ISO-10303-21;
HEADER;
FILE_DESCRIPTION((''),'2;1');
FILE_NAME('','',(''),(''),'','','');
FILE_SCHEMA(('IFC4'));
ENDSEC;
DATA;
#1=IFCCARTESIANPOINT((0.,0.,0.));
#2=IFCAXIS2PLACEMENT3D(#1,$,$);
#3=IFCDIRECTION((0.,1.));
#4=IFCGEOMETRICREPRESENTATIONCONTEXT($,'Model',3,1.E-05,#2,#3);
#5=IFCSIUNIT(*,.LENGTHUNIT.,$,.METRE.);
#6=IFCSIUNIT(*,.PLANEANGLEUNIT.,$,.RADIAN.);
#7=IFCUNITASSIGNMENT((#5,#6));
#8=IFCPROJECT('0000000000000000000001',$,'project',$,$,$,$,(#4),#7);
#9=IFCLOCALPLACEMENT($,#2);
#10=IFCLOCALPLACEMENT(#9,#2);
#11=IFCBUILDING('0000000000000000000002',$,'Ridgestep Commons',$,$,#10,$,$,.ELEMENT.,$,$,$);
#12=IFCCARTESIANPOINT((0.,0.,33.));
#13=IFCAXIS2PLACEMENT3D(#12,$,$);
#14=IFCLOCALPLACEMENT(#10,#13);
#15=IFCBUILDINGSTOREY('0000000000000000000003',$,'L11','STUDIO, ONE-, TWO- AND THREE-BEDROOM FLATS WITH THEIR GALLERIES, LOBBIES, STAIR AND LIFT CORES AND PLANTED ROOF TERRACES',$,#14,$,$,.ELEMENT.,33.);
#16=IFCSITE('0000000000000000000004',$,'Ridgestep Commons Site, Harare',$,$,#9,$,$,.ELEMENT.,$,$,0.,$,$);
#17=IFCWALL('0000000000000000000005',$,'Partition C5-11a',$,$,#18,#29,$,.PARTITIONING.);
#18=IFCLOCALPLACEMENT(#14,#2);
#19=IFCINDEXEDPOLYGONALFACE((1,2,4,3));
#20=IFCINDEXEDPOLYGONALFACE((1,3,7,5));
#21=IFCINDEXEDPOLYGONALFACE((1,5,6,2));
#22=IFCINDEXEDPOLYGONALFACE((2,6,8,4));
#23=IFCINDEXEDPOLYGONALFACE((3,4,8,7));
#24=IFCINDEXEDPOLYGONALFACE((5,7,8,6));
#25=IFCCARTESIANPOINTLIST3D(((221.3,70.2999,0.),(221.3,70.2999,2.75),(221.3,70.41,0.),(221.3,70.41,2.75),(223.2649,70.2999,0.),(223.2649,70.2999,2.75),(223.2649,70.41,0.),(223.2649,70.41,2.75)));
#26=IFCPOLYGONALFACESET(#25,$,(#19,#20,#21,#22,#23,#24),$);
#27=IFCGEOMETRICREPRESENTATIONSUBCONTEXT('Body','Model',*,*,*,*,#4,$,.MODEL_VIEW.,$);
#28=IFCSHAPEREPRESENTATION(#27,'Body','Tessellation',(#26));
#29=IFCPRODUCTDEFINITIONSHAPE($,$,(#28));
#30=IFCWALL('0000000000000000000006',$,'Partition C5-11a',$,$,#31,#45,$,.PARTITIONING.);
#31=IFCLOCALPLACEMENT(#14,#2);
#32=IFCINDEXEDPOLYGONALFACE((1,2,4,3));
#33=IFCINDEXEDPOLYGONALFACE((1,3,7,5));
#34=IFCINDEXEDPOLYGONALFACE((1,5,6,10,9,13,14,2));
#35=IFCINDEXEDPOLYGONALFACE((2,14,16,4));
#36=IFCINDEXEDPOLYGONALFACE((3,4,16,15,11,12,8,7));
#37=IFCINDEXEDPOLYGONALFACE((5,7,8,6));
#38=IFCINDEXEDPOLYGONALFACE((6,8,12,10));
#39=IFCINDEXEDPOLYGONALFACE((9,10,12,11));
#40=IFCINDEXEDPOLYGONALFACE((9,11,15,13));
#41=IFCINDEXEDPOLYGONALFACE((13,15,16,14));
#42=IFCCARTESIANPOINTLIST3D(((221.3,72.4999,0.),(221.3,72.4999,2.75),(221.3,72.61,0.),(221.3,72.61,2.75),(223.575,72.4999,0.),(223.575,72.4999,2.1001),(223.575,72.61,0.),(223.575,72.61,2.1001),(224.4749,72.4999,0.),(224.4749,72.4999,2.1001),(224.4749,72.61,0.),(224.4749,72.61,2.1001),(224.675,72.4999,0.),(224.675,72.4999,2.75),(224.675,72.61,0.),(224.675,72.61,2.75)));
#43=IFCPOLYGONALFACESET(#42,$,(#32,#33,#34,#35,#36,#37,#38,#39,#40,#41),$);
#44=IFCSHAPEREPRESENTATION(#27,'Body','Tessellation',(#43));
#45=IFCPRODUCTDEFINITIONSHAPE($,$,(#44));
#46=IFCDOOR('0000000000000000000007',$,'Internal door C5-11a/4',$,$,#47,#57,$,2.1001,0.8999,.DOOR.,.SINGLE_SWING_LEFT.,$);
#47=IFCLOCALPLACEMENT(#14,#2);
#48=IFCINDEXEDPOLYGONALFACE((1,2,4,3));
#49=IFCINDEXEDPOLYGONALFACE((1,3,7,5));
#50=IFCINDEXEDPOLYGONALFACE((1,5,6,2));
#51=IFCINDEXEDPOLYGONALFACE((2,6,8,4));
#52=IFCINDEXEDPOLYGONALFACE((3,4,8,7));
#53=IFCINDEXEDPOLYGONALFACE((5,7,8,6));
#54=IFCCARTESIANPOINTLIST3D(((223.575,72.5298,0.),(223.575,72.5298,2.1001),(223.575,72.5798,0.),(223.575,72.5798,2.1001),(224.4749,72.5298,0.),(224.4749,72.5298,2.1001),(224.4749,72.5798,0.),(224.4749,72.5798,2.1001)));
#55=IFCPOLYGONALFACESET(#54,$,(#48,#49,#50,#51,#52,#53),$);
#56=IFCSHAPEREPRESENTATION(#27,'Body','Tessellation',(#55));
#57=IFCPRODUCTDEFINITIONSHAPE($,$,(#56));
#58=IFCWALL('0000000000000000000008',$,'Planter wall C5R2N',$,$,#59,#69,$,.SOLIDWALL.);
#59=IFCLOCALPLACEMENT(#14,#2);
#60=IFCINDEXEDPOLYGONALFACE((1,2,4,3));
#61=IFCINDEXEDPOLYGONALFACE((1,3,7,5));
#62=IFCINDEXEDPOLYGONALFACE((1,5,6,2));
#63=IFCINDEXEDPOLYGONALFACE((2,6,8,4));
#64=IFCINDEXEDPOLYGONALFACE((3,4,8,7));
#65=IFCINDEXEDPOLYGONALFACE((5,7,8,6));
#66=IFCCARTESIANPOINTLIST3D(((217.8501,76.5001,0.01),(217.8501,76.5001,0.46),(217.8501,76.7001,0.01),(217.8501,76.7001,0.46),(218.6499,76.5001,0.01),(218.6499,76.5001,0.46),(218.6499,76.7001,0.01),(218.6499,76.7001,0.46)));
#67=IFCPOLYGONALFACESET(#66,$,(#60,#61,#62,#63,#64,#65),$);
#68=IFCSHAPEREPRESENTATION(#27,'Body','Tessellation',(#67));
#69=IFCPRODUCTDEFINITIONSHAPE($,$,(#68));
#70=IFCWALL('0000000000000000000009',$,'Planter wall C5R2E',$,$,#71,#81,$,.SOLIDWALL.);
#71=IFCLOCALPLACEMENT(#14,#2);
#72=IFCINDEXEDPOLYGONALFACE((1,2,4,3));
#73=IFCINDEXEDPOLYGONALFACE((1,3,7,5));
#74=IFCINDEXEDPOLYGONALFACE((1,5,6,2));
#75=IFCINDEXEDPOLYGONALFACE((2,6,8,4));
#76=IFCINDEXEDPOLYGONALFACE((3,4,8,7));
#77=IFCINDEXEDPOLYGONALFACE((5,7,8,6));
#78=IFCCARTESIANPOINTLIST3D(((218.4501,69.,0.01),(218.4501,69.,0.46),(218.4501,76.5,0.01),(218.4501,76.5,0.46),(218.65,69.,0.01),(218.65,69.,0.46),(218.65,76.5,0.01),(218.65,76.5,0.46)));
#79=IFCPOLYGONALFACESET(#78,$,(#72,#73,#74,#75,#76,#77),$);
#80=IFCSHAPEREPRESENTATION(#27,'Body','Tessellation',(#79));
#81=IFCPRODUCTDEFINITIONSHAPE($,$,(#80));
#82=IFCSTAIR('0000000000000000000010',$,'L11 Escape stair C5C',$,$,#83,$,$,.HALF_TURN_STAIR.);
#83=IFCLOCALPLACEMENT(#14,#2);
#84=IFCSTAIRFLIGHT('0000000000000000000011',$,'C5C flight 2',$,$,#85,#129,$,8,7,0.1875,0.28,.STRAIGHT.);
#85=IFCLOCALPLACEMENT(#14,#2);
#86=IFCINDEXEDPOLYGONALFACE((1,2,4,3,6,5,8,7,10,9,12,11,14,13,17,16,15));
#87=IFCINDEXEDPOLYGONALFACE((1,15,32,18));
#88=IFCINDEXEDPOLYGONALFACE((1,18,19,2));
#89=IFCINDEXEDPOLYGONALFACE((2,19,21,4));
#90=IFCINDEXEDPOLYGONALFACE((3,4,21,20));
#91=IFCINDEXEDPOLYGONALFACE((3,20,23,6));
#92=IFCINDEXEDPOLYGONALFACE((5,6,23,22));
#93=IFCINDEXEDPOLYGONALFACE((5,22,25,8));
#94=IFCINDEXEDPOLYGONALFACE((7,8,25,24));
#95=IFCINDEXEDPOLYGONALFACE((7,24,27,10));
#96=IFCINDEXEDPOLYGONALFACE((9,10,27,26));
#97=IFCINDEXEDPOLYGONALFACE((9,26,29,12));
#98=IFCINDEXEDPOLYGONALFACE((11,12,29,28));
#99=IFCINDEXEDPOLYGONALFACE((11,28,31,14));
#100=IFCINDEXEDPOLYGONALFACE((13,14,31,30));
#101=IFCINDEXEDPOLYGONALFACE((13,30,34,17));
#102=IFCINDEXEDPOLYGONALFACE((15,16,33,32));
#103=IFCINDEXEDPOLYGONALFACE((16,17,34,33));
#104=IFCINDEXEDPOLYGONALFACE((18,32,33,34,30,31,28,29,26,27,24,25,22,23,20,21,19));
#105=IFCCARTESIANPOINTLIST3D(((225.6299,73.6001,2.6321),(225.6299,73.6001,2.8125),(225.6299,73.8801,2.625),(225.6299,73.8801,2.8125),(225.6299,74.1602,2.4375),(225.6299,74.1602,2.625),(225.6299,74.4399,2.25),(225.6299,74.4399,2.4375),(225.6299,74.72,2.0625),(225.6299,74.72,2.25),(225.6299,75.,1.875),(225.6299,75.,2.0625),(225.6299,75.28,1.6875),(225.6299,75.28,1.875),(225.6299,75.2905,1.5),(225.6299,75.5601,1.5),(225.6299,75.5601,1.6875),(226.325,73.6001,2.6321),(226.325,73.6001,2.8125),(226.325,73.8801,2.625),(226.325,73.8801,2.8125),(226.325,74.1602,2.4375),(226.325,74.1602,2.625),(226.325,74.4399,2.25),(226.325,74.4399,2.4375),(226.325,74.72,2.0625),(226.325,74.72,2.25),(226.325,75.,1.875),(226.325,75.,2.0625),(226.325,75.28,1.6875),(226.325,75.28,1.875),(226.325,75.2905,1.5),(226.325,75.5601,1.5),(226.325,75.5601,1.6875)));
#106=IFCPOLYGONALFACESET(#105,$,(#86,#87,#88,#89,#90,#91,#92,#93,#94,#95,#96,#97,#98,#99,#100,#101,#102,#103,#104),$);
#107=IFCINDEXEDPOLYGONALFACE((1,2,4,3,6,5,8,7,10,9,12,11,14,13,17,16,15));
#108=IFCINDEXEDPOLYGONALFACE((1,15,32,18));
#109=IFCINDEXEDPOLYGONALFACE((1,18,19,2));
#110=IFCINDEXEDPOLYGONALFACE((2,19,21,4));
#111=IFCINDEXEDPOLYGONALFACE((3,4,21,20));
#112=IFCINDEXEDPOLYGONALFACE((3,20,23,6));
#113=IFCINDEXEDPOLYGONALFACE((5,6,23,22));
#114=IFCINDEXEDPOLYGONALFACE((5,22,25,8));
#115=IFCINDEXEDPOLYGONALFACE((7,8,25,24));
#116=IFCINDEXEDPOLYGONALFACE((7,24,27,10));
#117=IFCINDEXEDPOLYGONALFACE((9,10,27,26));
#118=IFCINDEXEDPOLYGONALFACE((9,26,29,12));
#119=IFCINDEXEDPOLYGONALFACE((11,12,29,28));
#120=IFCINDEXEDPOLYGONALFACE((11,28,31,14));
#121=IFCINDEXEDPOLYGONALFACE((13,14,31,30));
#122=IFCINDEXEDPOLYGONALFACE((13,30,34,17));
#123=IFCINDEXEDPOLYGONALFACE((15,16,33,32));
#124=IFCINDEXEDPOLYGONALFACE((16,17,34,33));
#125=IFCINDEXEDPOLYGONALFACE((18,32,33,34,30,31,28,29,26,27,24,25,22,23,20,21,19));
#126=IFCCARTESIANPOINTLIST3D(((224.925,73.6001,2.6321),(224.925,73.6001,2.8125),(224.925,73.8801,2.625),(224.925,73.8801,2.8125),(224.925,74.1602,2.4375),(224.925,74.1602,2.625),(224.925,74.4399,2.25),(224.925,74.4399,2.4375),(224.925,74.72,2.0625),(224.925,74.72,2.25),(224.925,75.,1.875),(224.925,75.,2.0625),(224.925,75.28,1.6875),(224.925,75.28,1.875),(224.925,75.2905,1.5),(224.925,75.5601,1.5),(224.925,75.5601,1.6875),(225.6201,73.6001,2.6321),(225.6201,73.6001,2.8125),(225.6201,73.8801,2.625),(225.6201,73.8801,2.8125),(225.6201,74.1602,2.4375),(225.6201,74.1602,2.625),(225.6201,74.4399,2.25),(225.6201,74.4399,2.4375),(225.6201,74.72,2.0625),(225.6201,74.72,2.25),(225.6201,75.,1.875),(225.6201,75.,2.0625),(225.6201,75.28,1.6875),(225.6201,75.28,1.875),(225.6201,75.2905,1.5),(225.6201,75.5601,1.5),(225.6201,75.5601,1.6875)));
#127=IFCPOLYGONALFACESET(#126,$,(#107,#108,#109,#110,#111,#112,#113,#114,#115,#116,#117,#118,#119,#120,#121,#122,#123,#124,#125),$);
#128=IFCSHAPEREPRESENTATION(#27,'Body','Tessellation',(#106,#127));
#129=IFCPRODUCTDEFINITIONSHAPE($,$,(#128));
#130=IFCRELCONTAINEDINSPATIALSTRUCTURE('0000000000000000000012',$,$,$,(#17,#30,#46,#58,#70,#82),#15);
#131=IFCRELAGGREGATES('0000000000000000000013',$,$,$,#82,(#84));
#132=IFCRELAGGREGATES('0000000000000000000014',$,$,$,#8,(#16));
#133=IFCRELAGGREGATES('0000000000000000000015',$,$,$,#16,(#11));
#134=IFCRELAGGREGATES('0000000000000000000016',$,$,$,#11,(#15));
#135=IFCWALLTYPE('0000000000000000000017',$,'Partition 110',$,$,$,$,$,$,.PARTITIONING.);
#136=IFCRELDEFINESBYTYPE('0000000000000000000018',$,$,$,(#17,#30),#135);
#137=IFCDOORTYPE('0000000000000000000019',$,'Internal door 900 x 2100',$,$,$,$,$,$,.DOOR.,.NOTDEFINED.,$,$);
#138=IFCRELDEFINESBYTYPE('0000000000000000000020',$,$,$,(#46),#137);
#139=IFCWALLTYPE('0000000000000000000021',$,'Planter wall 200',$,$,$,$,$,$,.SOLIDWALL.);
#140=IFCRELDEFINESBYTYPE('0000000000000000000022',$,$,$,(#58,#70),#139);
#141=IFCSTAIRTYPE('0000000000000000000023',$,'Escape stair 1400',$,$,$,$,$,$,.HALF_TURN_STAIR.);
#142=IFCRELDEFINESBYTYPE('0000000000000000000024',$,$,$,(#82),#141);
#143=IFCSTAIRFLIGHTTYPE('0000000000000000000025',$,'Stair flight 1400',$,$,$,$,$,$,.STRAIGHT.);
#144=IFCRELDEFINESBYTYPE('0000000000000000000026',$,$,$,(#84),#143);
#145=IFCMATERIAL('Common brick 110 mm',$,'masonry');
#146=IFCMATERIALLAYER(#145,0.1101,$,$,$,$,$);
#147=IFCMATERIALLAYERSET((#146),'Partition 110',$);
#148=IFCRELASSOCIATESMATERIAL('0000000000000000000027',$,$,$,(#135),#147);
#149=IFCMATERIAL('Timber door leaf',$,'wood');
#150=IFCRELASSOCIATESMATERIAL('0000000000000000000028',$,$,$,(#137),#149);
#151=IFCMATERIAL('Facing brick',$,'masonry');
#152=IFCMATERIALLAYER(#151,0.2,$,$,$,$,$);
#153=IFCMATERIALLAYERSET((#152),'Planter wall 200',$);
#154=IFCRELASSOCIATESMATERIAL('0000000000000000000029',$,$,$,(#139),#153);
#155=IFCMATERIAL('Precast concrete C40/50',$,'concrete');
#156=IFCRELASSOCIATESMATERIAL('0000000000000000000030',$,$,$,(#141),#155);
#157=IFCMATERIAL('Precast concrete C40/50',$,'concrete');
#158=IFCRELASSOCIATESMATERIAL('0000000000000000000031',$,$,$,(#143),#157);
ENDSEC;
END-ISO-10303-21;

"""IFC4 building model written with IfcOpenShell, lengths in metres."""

from ifc_helpers import new_model, si_unit, direction, frame, frame_2d, origin, place, context, subcontext, project, spatial, polyline, rectangle, outline, extrude, material, layer, layer_set, type_object, element, fill, aggregate, save


model = new_model("IFC4")

# Units and contexts
model_context = context("Model", 3, precision=1e-05, world=origin(), true_north=direction((0.0, 1.0)))
body_context = subcontext(model_context, "Body", "Model", "MODEL_VIEW")
ifc_project = project(units=[si_unit("LENGTHUNIT", "METRE"), si_unit("PLANEANGLEUNIT", "RADIAN")], contexts=[model_context])

# Site, building, storey
site_placement = place(None, origin())
site = spatial("IfcSite", under=ifc_project, at=site_placement, Name="Ridgestep Commons Site, Harare", CompositionType="ELEMENT", RefElevation=0.0)
building_placement = place(site_placement, origin())
building = spatial("IfcBuilding", under=site, at=building_placement, Name="Ridgestep Commons", CompositionType="ELEMENT")
storey_placement = place(building_placement, frame((0.0, 0.0, 33.0)))
storey = spatial("IfcBuildingStorey", under=building, at=storey_placement, Name="L11", Description="STUDIO, ONE-, TWO- AND THREE-BEDROOM FLATS WITH THEIR GALLERIES, LOBBIES, STAIR AND LIFT CORES AND PLANTED ROOF TERRACES", CompositionType="ELEMENT", Elevation=33.0)

# Wall
ifc_material_1 = material(Name="Common brick 110 mm", Category="masonry")
ifc_layer_1 = layer(ifc_material_1, 0.1101)
ifc_layer_set_1 = layer_set([ifc_layer_1], Name="Partition 110")
wall_type_1 = type_object("IfcWallType", Name="Partition 110", PredefinedType="PARTITIONING", material=ifc_layer_set_1)
wall_1_placement = place(storey_placement, frame((221.3, 70.355, 0.0), z_axis=(0.0, 0.0, 1.0), x_axis=(1.0, 0.0, 0.0)))
element("IfcWall", 1, at=wall_1_placement, inside=storey, type_object=wall_type_1, Name="Partition C5-11a", PredefinedType="PARTITIONING", context=body_context, shape_type="SweptSolid", body=[
    extrude(rectangle(XDim=1.9648, YDim=0.1101, at=frame_2d((0.9824, 0.0))), origin(), (0.0, 0.0, 1.0), 2.75),
])

# Wall, opening, door
wall_2_placement = place(storey_placement, frame((221.3, 72.5549, 0.0), z_axis=(0.0, 0.0, 1.0), x_axis=(1.0, 0.0, 0.0)))
wall_2 = element("IfcWall", 2, at=wall_2_placement, inside=storey, type_object=wall_type_1, Name="Partition C5-11a", PredefinedType="PARTITIONING", context=body_context, shape_type="SweptSolid", body=[
    extrude(rectangle(XDim=3.375, YDim=0.1101, at=frame_2d((1.6875, 0.0))), origin(), (0.0, 0.0, 1.0), 2.75),
])
opening_1_placement = place(wall_2_placement, frame((2.2749, 0.0, 0.0)))
opening_1 = element("IfcOpeningElement", 3, at=opening_1_placement, cuts=wall_2, PredefinedType="OPENING", context=body_context, shape_type="SweptSolid", body=[
    extrude(rectangle(XDim=0.8999, YDim=2.1001, at=frame_2d((0.45, 1.05))), frame((0.0, 0.0649, 0.0), z_axis=(0.0, -1.0, 0.0), x_axis=(1.0, 0.0, 0.0)), (0.0, 0.0, 1.0), 0.1301),
])
ifc_material_2 = material(Name="Timber door leaf", Category="wood")
door_type_1 = type_object("IfcDoorType", Name="Internal door 900 x 2100", OperationType="NOTDEFINED", PredefinedType="DOOR", material=ifc_material_2)
door_1_placement = place(opening_1_placement, origin())
door_1 = element("IfcDoor", 4, at=door_1_placement, inside=storey, type_object=door_type_1, Name="Internal door C5-11a/4", OperationType="SINGLE_SWING_LEFT", OverallHeight=2.1001, OverallWidth=0.8999, PredefinedType="DOOR", context=body_context, shape_type="SweptSolid", body=[
    extrude(rectangle(XDim=0.8999, YDim=2.1001, at=frame_2d((0.45, 1.05))), frame((0.0, 0.0249, 0.0), z_axis=(0.0, -1.0, 0.0), x_axis=(1.0, 0.0, 0.0)), (0.0, 0.0, 1.0), 0.05),
])
fill(opening_1, door_1)

# Walls
ifc_material_3 = material(Name="Facing brick", Category="masonry")
ifc_layer_2 = layer(ifc_material_3, 0.2)
ifc_layer_set_2 = layer_set([ifc_layer_2], Name="Planter wall 200")
wall_type_2 = type_object("IfcWallType", Name="Planter wall 200", PredefinedType="SOLIDWALL", material=ifc_layer_set_2)
wall_3_placement = place(storey_placement, frame((217.8501, 76.6001, 0.01), z_axis=(0.0, 0.0, 1.0), x_axis=(1.0, 0.0, 0.0)))
element("IfcWall", 5, at=wall_3_placement, inside=storey, type_object=wall_type_2, Name="Planter wall C5R2N", PredefinedType="SOLIDWALL", context=body_context, shape_type="SweptSolid", body=[
    extrude(rectangle(XDim=0.7998, YDim=0.2, at=frame_2d((0.3999, 0.0))), origin(), (0.0, 0.0, 1.0), 0.45),
])
wall_4_placement = place(storey_placement, frame((218.55, 69.0, 0.01), z_axis=(0.0, 0.0, 1.0), x_axis=(0.0, 1.0, 0.0)))
element("IfcWall", 6, at=wall_4_placement, inside=storey, type_object=wall_type_2, Name="Planter wall C5R2E", PredefinedType="SOLIDWALL", context=body_context, shape_type="SweptSolid", body=[
    extrude(rectangle(XDim=7.5, YDim=0.2, at=frame_2d((3.75, 0.0))), origin(), (0.0, 0.0, 1.0), 0.45),
])

# Stair, stair flight
ifc_material_4 = material(Name="Precast concrete C40/50", Category="concrete")
stair_type = type_object("IfcStairType", Name="Escape stair 1400", PredefinedType="HALF_TURN_STAIR", material=ifc_material_4)
stair_placement = place(storey_placement, origin())
stair = element("IfcStair", 7, at=stair_placement, inside=storey, type_object=stair_type, Name="L11 Escape stair C5C", PredefinedType="HALF_TURN_STAIR")
ifc_material_5 = material(Name="Precast concrete C40/50", Category="concrete")
stair_flight_type = type_object("IfcStairFlightType", Name="Stair flight 1400", PredefinedType="STRAIGHT", material=ifc_material_5)
stair_flight_placement = place(storey_placement, frame((225.625, 75.5601, 1.5), z_axis=(0.0, 0.0, 1.0), x_axis=(0.0, -1.0, 0.0)))
stair_flight = element("IfcStairFlight", 8, at=stair_flight_placement, type_object=stair_flight_type, Name="C5C flight 2", NumberOfRisers=8, NumberOfTreads=7, PredefinedType="STRAIGHT", RiserHeight=0.1875, TreadLength=0.28, context=body_context, shape_type="SweptSolid", body=[
    extrude(outline(polyline([(0.0, 0.0), (0.0, 0.1875), (0.28, 0.1875), (0.28, 0.375), (0.5601, 0.375), (0.5601, 0.5625), (0.8401, 0.5625), (0.8401, 0.75), (1.1201, 0.75), (1.1201, 0.9375), (1.3999, 0.9375), (1.3999, 1.125), (1.6799, 1.125), (1.6799, 1.3125), (1.96, 1.3125), (1.96, 1.5), (1.96, 1.1321), (0.2695, 0.0), (0.0, 0.0)])), frame((0.0, 0.7, 0.0), z_axis=(0.0, -1.0, 0.0), x_axis=(1.0, 0.0, 0.0)), (0.0, 0.0, 1.0), 0.6951),
    extrude(outline(polyline([(0.0, 0.0), (0.0, 0.1875), (0.28, 0.1875), (0.28, 0.375), (0.5601, 0.375), (0.5601, 0.5625), (0.8401, 0.5625), (0.8401, 0.75), (1.1201, 0.75), (1.1201, 0.9375), (1.3999, 0.9375), (1.3999, 1.125), (1.6799, 1.125), (1.6799, 1.3125), (1.96, 1.3125), (1.96, 1.5), (1.96, 1.1321), (0.2695, 0.0), (0.0, 0.0)])), frame((0.0, -0.0049, 0.0), z_axis=(0.0, -1.0, 0.0), x_axis=(1.0, 0.0, 0.0)), (0.0, 0.0, 1.0), 0.6951),
])
aggregate(stair, [stair_flight])

save(model, "model.ifc")
